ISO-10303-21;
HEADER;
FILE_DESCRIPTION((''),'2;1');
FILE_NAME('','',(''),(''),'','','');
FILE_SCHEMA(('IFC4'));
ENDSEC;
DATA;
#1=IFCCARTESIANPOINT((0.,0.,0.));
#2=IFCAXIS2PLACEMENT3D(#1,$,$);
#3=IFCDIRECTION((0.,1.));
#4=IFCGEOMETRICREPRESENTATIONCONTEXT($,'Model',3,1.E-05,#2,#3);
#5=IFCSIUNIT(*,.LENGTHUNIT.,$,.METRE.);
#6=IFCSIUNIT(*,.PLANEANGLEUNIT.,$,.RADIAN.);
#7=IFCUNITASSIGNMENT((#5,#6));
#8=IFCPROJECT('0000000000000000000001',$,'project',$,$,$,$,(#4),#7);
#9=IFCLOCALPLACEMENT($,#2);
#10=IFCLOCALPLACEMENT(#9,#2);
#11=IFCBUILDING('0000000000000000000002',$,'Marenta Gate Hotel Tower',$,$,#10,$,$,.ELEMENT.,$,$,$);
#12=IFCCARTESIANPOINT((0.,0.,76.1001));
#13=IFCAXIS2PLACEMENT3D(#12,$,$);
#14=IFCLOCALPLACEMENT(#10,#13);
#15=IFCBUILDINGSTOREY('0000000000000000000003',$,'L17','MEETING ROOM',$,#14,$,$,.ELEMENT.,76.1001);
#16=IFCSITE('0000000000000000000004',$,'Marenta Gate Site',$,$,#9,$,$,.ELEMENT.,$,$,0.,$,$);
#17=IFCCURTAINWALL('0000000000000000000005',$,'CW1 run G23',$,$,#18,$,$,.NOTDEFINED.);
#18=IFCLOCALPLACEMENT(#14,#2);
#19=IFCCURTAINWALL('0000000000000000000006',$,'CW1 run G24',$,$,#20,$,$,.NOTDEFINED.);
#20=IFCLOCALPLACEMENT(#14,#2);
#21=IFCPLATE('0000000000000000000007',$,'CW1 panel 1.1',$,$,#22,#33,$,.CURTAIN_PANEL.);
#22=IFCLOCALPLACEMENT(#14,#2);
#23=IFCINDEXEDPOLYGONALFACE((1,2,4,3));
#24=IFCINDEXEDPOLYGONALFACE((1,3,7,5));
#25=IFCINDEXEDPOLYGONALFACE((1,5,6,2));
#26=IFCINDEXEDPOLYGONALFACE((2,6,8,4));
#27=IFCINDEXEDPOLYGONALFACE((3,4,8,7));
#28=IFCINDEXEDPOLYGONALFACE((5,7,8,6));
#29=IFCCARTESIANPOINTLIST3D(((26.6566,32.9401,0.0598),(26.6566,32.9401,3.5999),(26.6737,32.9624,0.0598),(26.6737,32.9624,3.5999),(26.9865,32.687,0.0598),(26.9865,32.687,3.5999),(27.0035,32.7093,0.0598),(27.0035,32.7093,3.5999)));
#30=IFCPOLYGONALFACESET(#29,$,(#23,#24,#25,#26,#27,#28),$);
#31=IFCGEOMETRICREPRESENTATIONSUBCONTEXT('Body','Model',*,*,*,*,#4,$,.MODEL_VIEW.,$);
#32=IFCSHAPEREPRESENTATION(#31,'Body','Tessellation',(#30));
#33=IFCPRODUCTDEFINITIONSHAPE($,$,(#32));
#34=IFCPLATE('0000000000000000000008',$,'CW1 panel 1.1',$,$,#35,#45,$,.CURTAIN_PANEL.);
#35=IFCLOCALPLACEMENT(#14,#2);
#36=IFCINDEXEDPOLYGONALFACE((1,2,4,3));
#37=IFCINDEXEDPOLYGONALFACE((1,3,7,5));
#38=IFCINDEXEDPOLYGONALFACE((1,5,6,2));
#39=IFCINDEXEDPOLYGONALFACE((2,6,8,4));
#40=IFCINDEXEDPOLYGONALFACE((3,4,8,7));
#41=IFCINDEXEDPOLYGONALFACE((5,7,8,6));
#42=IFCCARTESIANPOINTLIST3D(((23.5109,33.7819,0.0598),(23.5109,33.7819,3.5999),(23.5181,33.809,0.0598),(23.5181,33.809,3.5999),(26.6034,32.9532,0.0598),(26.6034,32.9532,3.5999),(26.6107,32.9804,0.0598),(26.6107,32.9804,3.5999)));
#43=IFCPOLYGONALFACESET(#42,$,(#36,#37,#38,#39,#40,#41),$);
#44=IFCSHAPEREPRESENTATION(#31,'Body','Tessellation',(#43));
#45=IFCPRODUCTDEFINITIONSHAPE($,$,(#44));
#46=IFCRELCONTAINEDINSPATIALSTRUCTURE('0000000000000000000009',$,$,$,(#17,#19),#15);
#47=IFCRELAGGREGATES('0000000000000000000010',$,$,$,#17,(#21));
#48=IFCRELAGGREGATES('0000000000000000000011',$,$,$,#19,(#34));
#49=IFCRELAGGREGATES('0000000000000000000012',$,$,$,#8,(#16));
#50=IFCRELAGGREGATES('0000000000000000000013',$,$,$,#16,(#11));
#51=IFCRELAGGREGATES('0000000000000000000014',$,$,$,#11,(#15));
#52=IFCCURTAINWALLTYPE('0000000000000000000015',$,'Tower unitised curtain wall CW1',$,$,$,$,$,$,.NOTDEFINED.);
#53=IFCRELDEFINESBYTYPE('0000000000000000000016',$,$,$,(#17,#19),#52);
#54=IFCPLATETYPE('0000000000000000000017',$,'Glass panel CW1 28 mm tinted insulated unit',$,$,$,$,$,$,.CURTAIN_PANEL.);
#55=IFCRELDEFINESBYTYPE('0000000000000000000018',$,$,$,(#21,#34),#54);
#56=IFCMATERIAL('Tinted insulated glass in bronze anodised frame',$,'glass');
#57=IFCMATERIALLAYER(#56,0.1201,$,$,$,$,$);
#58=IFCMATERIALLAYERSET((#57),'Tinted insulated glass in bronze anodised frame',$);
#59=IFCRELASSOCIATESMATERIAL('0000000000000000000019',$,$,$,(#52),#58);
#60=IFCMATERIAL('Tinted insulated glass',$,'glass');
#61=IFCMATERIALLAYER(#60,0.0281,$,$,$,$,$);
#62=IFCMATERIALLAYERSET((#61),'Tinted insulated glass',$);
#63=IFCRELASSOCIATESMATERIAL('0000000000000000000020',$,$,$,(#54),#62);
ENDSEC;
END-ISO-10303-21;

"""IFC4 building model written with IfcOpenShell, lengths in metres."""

from ifc_helpers import new_model, si_unit, direction, frame, origin, origin_2d, place, context, subcontext, project, spatial, rectangle, extrude, material, layer, layer_set, type_object, element, aggregate, save


model = new_model("IFC4")

# Units and contexts
model_context = context("Model", 3, precision=1e-05, world=origin(), true_north=direction((0.0, 1.0)))
body_context = subcontext(model_context, "Body", "Model", "MODEL_VIEW")
ifc_project = project(units=[si_unit("LENGTHUNIT", "METRE"), si_unit("PLANEANGLEUNIT", "RADIAN")], contexts=[model_context])

# Site, building, storey
site_placement = place(None, origin())
site = spatial("IfcSite", under=ifc_project, at=site_placement, Name="Marenta Gate Site", CompositionType="ELEMENT", RefElevation=0.0)
building_placement = place(site_placement, origin())
building = spatial("IfcBuilding", under=site, at=building_placement, Name="Marenta Gate Hotel Tower", CompositionType="ELEMENT")
storey_placement = place(building_placement, frame((0.0, 0.0, 76.1001)))
storey = spatial("IfcBuildingStorey", under=building, at=storey_placement, Name="L17", Description="MEETING ROOM", CompositionType="ELEMENT", Elevation=76.1001)

# Curtain wall
ifc_material_1 = material(Name="Tinted insulated glass in bronze anodised frame", Category="glass")
ifc_layer_1 = layer(ifc_material_1, 0.1201)
ifc_layer_set_1 = layer_set([ifc_layer_1], Name="Tinted insulated glass in bronze anodised frame")
curtain_wall_type = type_object("IfcCurtainWallType", Name="Tower unitised curtain wall CW1", PredefinedType="NOTDEFINED", material=ifc_layer_set_1)
curtain_wall_1_placement = place(storey_placement, origin())
curtain_wall_1 = element("IfcCurtainWall", 1, at=curtain_wall_1_placement, inside=storey, type_object=curtain_wall_type, Name="CW1 run G23", PredefinedType="NOTDEFINED")

# Curtain wall
curtain_wall_2_placement = place(storey_placement, origin())
curtain_wall_2 = element("IfcCurtainWall", 2, at=curtain_wall_2_placement, inside=storey, type_object=curtain_wall_type, Name="CW1 run G24", PredefinedType="NOTDEFINED")

# Plates
ifc_material_2 = material(Name="Tinted insulated glass", Category="glass")
ifc_layer_2 = layer(ifc_material_2, 0.0281)
ifc_layer_set_2 = layer_set([ifc_layer_2], Name="Tinted insulated glass")
plate_type = type_object("IfcPlateType", Name="Glass panel CW1 28 mm tinted insulated unit", PredefinedType="CURTAIN_PANEL", material=ifc_layer_set_2)
plate_1_placement = place(storey_placement, frame((26.8301, 32.8247, 0.0598), z_axis=(0.0, 0.0, 1.0), x_axis=(-0.793342, 0.608776, 0.0)))
plate_1 = element("IfcPlate", 3, at=plate_1_placement, type_object=plate_type, Name="CW1 panel 1.1", PredefinedType="CURTAIN_PANEL", context=body_context, shape_type="SweptSolid", body=[
    extrude(rectangle(XDim=0.4158, YDim=0.0281, at=origin_2d()), origin(), (0.0, 0.0, 1.0), 3.54),
])
aggregate(curtain_wall_1, [plate_1])
plate_2_placement = place(storey_placement, frame((25.0608, 33.3811, 0.0598), z_axis=(0.0, 0.0, 1.0), x_axis=(-0.965929, 0.258807, 0.0)))
plate_2 = element("IfcPlate", 4, at=plate_2_placement, type_object=plate_type, Name="CW1 panel 1.1", PredefinedType="CURTAIN_PANEL", context=body_context, shape_type="SweptSolid", body=[
    extrude(rectangle(XDim=3.2017, YDim=0.0281, at=origin_2d()), origin(), (0.0, 0.0, 1.0), 3.54),
])
aggregate(curtain_wall_2, [plate_2])

save(model, "model.ifc")
